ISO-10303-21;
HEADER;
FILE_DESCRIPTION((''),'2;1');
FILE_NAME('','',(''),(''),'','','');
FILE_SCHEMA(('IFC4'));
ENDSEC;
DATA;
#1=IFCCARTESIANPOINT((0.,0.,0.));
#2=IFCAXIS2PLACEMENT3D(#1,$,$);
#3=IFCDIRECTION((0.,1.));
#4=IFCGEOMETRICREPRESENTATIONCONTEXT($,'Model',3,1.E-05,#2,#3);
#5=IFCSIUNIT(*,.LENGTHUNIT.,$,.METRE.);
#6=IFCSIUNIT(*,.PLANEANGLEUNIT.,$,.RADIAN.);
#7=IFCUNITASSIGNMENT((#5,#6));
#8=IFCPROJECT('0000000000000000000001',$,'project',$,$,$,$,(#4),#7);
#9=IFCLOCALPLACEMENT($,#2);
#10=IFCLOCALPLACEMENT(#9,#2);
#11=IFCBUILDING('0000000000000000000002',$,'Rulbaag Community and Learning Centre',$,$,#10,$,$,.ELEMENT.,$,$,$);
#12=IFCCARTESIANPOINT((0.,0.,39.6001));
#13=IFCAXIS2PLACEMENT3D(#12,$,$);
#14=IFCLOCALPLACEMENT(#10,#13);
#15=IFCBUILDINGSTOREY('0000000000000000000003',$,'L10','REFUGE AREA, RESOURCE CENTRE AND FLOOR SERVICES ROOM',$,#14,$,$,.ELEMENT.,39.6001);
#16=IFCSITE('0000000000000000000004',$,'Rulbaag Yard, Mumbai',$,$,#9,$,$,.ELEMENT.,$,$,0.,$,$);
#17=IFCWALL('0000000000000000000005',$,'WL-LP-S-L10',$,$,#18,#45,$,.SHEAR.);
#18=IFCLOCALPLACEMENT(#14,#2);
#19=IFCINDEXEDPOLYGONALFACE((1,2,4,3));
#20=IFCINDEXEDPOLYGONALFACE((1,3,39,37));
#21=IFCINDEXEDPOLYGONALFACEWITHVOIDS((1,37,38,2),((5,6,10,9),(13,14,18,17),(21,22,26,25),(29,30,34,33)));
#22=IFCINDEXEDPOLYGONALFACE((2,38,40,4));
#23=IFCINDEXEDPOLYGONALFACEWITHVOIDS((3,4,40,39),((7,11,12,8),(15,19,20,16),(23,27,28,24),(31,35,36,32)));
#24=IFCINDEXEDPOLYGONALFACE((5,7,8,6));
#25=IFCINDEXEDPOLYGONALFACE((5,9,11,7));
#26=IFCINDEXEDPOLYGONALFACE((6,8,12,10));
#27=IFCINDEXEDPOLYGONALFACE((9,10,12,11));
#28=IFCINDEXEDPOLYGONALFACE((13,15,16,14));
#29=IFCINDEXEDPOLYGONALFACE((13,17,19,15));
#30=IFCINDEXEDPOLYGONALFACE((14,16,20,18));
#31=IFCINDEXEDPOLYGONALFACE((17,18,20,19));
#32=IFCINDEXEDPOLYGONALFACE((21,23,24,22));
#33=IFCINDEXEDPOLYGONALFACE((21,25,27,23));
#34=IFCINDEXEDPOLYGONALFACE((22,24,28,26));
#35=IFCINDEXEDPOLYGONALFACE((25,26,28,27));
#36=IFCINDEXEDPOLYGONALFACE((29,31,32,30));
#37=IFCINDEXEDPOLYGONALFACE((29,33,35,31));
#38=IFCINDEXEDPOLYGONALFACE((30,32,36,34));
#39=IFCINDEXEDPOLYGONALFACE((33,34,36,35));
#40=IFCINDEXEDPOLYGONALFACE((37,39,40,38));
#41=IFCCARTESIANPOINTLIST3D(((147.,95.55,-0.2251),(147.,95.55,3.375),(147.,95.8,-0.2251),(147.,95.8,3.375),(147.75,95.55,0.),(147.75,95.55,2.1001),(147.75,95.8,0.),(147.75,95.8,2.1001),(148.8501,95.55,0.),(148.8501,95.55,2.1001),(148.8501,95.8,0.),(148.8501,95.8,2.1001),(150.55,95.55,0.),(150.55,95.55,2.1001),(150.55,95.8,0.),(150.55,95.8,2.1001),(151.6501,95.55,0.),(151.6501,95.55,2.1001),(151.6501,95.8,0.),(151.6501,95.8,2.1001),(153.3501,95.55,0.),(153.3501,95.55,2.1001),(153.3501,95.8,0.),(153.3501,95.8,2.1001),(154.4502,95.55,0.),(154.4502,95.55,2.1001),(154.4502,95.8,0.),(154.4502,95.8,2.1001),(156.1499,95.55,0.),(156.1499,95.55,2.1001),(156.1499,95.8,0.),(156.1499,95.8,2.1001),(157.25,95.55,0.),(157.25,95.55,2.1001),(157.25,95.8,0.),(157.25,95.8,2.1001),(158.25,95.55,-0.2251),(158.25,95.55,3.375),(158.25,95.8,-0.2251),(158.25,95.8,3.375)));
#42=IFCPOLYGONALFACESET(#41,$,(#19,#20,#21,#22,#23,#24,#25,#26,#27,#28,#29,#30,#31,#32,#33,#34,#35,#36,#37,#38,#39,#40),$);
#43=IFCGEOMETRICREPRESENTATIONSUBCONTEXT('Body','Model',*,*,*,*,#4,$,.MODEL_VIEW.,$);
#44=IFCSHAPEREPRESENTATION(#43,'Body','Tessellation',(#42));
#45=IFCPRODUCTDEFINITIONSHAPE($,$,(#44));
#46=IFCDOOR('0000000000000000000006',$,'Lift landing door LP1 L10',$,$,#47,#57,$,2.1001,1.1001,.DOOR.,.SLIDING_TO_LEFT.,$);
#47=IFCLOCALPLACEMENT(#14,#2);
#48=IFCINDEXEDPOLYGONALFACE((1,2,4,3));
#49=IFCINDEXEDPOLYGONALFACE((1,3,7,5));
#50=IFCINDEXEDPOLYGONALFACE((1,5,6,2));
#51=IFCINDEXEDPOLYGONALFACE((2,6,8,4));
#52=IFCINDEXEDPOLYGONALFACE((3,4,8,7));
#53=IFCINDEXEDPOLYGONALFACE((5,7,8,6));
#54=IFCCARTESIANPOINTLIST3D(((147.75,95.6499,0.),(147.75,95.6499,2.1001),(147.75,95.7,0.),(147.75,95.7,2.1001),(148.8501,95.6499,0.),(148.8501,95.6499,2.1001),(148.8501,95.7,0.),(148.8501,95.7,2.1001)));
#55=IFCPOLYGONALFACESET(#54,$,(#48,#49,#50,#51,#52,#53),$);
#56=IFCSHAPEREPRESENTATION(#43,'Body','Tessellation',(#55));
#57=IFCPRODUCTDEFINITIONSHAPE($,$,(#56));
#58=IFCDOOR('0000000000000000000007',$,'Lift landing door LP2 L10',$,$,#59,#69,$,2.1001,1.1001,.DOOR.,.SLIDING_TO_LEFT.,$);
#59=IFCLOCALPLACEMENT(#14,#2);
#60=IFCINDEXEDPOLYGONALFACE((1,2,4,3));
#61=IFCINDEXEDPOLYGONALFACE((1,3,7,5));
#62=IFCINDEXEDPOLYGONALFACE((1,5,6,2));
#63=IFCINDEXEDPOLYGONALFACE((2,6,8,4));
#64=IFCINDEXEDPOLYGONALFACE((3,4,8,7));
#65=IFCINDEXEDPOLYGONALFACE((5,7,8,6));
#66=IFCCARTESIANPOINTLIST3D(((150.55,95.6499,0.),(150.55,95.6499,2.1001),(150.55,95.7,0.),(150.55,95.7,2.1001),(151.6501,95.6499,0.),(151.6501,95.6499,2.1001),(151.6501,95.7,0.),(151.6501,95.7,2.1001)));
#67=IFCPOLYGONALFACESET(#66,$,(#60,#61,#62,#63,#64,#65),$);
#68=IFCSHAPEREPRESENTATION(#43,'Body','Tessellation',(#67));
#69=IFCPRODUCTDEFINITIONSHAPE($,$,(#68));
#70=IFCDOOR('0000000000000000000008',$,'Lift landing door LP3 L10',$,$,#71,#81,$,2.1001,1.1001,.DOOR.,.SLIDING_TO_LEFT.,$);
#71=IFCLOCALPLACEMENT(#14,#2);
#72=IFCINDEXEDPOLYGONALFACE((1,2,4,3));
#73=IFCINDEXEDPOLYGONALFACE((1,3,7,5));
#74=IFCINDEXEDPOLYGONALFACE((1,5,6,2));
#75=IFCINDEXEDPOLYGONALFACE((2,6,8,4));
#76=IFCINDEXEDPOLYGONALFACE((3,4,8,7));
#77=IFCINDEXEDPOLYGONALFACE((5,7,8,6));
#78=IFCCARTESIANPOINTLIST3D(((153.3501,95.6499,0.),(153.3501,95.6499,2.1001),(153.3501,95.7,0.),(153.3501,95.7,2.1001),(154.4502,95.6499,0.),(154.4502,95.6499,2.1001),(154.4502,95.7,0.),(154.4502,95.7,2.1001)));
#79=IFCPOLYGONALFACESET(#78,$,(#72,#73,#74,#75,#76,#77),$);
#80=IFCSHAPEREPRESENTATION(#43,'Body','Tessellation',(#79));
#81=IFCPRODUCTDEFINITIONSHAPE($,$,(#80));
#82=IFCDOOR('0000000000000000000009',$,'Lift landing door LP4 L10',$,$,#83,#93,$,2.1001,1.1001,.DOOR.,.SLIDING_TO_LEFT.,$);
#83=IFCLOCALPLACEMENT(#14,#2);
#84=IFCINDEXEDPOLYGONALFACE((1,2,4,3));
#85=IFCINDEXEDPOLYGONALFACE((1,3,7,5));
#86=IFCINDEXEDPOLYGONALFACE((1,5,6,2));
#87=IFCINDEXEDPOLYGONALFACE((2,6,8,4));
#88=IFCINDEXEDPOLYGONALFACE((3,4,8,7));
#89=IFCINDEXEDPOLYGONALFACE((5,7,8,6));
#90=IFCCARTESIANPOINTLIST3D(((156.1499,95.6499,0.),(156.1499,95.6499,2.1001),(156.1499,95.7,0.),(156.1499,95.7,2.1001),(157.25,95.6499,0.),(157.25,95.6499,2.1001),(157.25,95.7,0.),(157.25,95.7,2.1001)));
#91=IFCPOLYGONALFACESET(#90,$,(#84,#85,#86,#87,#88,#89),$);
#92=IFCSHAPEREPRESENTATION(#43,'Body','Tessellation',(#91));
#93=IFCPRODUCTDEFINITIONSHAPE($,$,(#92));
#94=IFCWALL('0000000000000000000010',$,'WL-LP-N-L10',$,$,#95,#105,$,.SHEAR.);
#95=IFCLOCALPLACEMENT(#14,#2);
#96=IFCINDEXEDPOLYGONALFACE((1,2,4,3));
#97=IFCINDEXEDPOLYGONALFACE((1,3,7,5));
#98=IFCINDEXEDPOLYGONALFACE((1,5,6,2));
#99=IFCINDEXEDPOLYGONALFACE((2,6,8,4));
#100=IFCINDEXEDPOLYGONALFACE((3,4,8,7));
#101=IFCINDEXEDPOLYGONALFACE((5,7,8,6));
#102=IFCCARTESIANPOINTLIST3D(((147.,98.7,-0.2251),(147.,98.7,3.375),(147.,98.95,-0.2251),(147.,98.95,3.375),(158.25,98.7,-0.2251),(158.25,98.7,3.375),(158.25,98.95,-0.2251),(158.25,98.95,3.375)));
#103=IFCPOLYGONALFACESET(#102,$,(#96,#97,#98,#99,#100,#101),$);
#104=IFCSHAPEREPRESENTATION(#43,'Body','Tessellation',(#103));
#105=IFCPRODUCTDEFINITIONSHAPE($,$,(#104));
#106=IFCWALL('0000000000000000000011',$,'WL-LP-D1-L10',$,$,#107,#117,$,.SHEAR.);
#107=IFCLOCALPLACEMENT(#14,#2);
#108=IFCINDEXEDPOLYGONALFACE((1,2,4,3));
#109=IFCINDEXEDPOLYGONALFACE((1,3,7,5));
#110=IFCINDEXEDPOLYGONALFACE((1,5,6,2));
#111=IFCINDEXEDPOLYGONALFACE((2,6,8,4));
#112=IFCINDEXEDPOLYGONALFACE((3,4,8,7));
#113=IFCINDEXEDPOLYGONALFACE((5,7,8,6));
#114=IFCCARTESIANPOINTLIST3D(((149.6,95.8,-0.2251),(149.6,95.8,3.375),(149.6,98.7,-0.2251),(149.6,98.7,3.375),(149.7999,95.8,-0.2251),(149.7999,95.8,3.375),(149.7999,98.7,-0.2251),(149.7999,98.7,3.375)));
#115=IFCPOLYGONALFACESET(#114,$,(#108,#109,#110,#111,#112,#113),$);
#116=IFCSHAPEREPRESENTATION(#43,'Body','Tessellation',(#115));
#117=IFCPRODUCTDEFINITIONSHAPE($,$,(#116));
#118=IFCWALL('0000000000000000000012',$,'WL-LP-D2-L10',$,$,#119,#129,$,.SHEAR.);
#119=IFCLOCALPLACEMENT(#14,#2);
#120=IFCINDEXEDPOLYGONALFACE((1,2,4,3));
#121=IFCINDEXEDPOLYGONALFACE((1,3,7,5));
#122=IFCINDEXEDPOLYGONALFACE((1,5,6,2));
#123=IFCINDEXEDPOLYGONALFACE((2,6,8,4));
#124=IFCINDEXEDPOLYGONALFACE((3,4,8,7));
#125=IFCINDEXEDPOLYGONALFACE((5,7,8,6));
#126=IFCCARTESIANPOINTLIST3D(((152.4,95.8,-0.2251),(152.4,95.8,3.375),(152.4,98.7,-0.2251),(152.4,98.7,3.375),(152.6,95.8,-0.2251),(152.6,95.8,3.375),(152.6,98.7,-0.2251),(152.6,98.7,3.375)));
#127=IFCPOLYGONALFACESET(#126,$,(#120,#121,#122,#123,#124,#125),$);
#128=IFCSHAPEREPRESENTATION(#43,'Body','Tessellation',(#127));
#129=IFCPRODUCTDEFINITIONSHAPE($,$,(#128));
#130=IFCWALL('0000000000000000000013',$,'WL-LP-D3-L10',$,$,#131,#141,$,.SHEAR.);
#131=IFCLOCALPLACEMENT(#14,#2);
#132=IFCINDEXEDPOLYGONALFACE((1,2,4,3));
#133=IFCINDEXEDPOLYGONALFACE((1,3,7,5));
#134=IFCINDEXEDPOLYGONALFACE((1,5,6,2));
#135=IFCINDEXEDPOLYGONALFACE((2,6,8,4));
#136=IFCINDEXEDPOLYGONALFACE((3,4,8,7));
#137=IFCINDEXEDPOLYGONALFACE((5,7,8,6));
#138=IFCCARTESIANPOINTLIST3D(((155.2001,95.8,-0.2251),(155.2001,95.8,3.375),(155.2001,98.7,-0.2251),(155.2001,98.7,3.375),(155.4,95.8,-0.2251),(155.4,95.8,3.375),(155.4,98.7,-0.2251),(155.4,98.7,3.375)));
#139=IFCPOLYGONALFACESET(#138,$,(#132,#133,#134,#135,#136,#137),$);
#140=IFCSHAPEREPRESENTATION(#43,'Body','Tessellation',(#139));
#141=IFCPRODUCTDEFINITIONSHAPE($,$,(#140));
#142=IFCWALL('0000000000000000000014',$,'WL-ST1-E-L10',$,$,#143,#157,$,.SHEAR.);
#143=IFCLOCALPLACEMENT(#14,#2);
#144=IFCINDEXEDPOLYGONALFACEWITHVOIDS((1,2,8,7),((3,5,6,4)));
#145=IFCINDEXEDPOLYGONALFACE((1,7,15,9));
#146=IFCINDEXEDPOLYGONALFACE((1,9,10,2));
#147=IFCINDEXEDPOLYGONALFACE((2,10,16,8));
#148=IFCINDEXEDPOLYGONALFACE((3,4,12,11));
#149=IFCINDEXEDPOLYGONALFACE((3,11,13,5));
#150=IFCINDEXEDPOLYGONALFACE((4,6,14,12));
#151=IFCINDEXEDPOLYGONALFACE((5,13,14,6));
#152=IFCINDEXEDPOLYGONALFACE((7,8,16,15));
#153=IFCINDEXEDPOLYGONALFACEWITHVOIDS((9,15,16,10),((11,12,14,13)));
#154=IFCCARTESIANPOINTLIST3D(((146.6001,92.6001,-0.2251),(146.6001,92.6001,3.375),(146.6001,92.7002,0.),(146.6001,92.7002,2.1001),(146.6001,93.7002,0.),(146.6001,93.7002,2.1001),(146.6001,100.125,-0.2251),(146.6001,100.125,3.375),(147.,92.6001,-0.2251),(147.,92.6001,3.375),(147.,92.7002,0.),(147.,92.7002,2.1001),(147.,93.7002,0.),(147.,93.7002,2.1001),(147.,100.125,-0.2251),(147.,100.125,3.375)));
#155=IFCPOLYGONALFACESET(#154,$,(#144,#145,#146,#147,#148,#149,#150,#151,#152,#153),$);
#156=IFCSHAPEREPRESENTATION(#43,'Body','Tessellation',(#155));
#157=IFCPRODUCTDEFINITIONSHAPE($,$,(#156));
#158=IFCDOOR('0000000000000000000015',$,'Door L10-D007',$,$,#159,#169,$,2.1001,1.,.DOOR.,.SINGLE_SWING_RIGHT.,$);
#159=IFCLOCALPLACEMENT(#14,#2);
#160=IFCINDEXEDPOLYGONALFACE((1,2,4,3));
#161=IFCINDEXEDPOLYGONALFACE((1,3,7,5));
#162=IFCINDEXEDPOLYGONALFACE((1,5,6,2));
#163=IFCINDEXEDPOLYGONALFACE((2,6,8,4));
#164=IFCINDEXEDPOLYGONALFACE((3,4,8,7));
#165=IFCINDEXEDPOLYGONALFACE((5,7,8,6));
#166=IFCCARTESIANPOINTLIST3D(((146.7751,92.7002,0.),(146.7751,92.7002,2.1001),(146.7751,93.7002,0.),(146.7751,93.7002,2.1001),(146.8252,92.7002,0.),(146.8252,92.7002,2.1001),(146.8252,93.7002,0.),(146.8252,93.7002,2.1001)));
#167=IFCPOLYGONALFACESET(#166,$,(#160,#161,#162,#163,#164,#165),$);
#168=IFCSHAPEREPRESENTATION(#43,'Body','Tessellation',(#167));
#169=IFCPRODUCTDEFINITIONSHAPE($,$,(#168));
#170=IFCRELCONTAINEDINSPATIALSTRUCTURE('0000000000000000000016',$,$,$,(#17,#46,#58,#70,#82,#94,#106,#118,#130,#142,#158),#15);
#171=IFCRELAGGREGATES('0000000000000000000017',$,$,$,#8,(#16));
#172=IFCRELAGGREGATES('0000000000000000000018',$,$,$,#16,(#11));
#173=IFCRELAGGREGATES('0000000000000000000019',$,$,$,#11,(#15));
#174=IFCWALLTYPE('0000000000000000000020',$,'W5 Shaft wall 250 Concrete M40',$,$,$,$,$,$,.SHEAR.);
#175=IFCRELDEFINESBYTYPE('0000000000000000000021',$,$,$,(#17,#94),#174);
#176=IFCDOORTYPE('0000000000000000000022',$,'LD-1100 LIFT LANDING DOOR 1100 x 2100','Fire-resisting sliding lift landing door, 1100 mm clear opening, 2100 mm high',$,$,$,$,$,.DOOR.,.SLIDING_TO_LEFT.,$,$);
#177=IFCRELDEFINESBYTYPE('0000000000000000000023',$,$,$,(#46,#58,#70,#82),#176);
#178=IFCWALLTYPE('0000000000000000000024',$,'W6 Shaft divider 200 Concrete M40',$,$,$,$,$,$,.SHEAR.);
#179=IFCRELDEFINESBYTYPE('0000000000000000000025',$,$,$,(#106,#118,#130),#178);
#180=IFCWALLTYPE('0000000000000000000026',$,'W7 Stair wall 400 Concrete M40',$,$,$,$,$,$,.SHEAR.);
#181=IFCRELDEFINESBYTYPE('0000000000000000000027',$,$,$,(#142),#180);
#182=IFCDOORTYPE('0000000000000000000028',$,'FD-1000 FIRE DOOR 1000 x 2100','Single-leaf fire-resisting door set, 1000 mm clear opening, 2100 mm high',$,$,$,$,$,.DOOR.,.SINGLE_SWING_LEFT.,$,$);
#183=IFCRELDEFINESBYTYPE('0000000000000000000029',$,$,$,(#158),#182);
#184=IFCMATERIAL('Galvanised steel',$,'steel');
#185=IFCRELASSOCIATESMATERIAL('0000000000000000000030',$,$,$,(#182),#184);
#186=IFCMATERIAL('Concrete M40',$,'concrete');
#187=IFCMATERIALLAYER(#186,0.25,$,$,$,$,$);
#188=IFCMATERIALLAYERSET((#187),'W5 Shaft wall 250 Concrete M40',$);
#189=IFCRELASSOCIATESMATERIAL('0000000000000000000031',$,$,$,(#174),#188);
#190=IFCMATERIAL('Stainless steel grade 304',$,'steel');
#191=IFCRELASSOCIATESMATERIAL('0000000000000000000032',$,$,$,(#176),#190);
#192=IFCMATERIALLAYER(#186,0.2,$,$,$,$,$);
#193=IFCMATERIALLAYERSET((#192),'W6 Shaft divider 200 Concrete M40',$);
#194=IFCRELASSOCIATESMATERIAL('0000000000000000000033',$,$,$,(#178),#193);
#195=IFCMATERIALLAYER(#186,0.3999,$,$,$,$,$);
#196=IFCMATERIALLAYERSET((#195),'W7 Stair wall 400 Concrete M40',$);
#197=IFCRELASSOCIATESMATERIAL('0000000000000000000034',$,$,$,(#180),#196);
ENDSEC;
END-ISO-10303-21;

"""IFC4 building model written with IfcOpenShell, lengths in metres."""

from ifc_helpers import new_model, si_unit, direction, frame, frame_2d, origin, place, context, subcontext, project, spatial, rectangle, extrude, material, layer, layer_set, type_object, element, fill, save


model = new_model("IFC4")

# Units and contexts
model_context = context("Model", 3, precision=1e-05, world=origin(), true_north=direction((0.0, 1.0)))
body_context = subcontext(model_context, "Body", "Model", "MODEL_VIEW")
ifc_project = project(units=[si_unit("LENGTHUNIT", "METRE"), si_unit("PLANEANGLEUNIT", "RADIAN")], contexts=[model_context])

# Site, building, storey
site_placement = place(None, origin())
site = spatial("IfcSite", under=ifc_project, at=site_placement, Name="Rulbaag Yard, Mumbai", CompositionType="ELEMENT", RefElevation=0.0)
building_placement = place(site_placement, origin())
building = spatial("IfcBuilding", under=site, at=building_placement, Name="Rulbaag Community and Learning Centre", CompositionType="ELEMENT")
storey_placement = place(building_placement, frame((0.0, 0.0, 39.6001)))
storey = spatial("IfcBuildingStorey", under=building, at=storey_placement, Name="L10", Description="REFUGE AREA, RESOURCE CENTRE AND FLOOR SERVICES ROOM", CompositionType="ELEMENT", Elevation=39.6001)

# Shared definitions
ifc_material_1 = material(Name="Concrete M40", Category="concrete")

# Shared definitions
ifc_material_2 = material(Name="Galvanised steel", Category="steel")
door_type_1 = type_object("IfcDoorType", Name="FD-1000 FIRE DOOR 1000 x 2100", Description="Single-leaf fire-resisting door set, 1000 mm clear opening, 2100 mm high", OperationType="SINGLE_SWING_LEFT", PredefinedType="DOOR", material=ifc_material_2)

# Shared definitions
ifc_layer_1 = layer(ifc_material_1, 0.25)
ifc_layer_set_1 = layer_set([ifc_layer_1], Name="W5 Shaft wall 250 Concrete M40")
wall_type_1 = type_object("IfcWallType", Name="W5 Shaft wall 250 Concrete M40", PredefinedType="SHEAR", material=ifc_layer_set_1)

# Wall, openings, doors
wall_1_placement = place(storey_placement, frame((147.0, 95.675, -0.2251), z_axis=(0.0, 0.0, 1.0), x_axis=(1.0, 0.0, 0.0)))
wall_1 = element("IfcWall", 1, at=wall_1_placement, inside=storey, type_object=wall_type_1, Name="WL-LP-S-L10", PredefinedType="SHEAR", context=body_context, shape_type="SweptSolid", body=[
    extrude(rectangle(XDim=11.25, YDim=0.25, at=frame_2d((5.625, 0.0))), origin(), (0.0, 0.0, 1.0), 3.6001),
])
opening_1_placement = place(wall_1_placement, frame((0.75, 0.0, 0.2251)))
opening_1 = element("IfcOpeningElement", 2, at=opening_1_placement, cuts=wall_1, PredefinedType="OPENING", context=body_context, shape_type="SweptSolid", body=[
    extrude(rectangle(XDim=1.1001, YDim=2.1001, at=frame_2d((0.55, 1.05))), frame((0.0, 0.135, 0.0), z_axis=(0.0, -1.0, 0.0), x_axis=(1.0, 0.0, 0.0)), (0.0, 0.0, 1.0), 0.27),
])
opening_2_placement = place(wall_1_placement, frame((3.55, 0.0, 0.2251)))
opening_2 = element("IfcOpeningElement", 3, at=opening_2_placement, cuts=wall_1, PredefinedType="OPENING", context=body_context, shape_type="SweptSolid", body=[
    extrude(rectangle(XDim=1.1001, YDim=2.1001, at=frame_2d((0.55, 1.05))), frame((0.0, 0.135, 0.0), z_axis=(0.0, -1.0, 0.0), x_axis=(1.0, 0.0, 0.0)), (0.0, 0.0, 1.0), 0.27),
])
opening_3_placement = place(wall_1_placement, frame((6.3501, 0.0, 0.2251)))
opening_3 = element("IfcOpeningElement", 4, at=opening_3_placement, cuts=wall_1, PredefinedType="OPENING", context=body_context, shape_type="SweptSolid", body=[
    extrude(rectangle(XDim=1.1001, YDim=2.1001, at=frame_2d((0.55, 1.05))), frame((0.0, 0.135, 0.0), z_axis=(0.0, -1.0, 0.0), x_axis=(1.0, 0.0, 0.0)), (0.0, 0.0, 1.0), 0.27),
])
opening_4_placement = place(wall_1_placement, frame((9.1499, 0.0, 0.2251)))
opening_4 = element("IfcOpeningElement", 5, at=opening_4_placement, cuts=wall_1, PredefinedType="OPENING", context=body_context, shape_type="SweptSolid", body=[
    extrude(rectangle(XDim=1.1001, YDim=2.1001, at=frame_2d((0.55, 1.05))), frame((0.0, 0.135, 0.0), z_axis=(0.0, -1.0, 0.0), x_axis=(1.0, 0.0, 0.0)), (0.0, 0.0, 1.0), 0.27),
])
ifc_material_3 = material(Name="Stainless steel grade 304", Category="steel")
door_type_2 = type_object("IfcDoorType", Name="LD-1100 LIFT LANDING DOOR 1100 x 2100", Description="Fire-resisting sliding lift landing door, 1100 mm clear opening, 2100 mm high", OperationType="SLIDING_TO_LEFT", PredefinedType="DOOR", material=ifc_material_3)
door_1_placement = place(opening_1_placement, origin())
door_1 = element("IfcDoor", 6, at=door_1_placement, inside=storey, type_object=door_type_2, Name="Lift landing door LP1 L10", OperationType="SLIDING_TO_LEFT", OverallHeight=2.1001, OverallWidth=1.1001, PredefinedType="DOOR", context=body_context, shape_type="SweptSolid", body=[
    extrude(rectangle(XDim=1.1001, YDim=2.1001, at=frame_2d((0.55, 1.05))), frame((0.0, 0.0249, 0.0), z_axis=(0.0, -1.0, 0.0), x_axis=(1.0, 0.0, 0.0)), (0.0, 0.0, 1.0), 0.05),
])
fill(opening_1, door_1)
door_2_placement = place(opening_2_placement, origin())
door_2 = element("IfcDoor", 7, at=door_2_placement, inside=storey, type_object=door_type_2, Name="Lift landing door LP2 L10", OperationType="SLIDING_TO_LEFT", OverallHeight=2.1001, OverallWidth=1.1001, PredefinedType="DOOR", context=body_context, shape_type="SweptSolid", body=[
    extrude(rectangle(XDim=1.1001, YDim=2.1001, at=frame_2d((0.55, 1.05))), frame((0.0, 0.0249, 0.0), z_axis=(0.0, -1.0, 0.0), x_axis=(1.0, 0.0, 0.0)), (0.0, 0.0, 1.0), 0.05),
])
fill(opening_2, door_2)
door_3_placement = place(opening_3_placement, origin())
door_3 = element("IfcDoor", 8, at=door_3_placement, inside=storey, type_object=door_type_2, Name="Lift landing door LP3 L10", OperationType="SLIDING_TO_LEFT", OverallHeight=2.1001, OverallWidth=1.1001, PredefinedType="DOOR", context=body_context, shape_type="SweptSolid", body=[
    extrude(rectangle(XDim=1.1001, YDim=2.1001, at=frame_2d((0.55, 1.05))), frame((0.0, 0.0249, 0.0), z_axis=(0.0, -1.0, 0.0), x_axis=(1.0, 0.0, 0.0)), (0.0, 0.0, 1.0), 0.05),
])
fill(opening_3, door_3)
door_4_placement = place(opening_4_placement, origin())
door_4 = element("IfcDoor", 9, at=door_4_placement, inside=storey, type_object=door_type_2, Name="Lift landing door LP4 L10", OperationType="SLIDING_TO_LEFT", OverallHeight=2.1001, OverallWidth=1.1001, PredefinedType="DOOR", context=body_context, shape_type="SweptSolid", body=[
    extrude(rectangle(XDim=1.1001, YDim=2.1001, at=frame_2d((0.55, 1.05))), frame((0.0, 0.0249, 0.0), z_axis=(0.0, -1.0, 0.0), x_axis=(1.0, 0.0, 0.0)), (0.0, 0.0, 1.0), 0.05),
])
fill(opening_4, door_4)

# Walls
wall_2_placement = place(storey_placement, frame((147.0, 98.825, -0.2251), z_axis=(0.0, 0.0, 1.0), x_axis=(1.0, 0.0, 0.0)))
element("IfcWall", 10, at=wall_2_placement, inside=storey, type_object=wall_type_1, Name="WL-LP-N-L10", PredefinedType="SHEAR", context=body_context, shape_type="SweptSolid", body=[
    extrude(rectangle(XDim=11.25, YDim=0.25, at=frame_2d((5.625, 0.0))), origin(), (0.0, 0.0, 1.0), 3.6001),
])
ifc_layer_2 = layer(ifc_material_1, 0.2)
ifc_layer_set_2 = layer_set([ifc_layer_2], Name="W6 Shaft divider 200 Concrete M40")
wall_type_2 = type_object("IfcWallType", Name="W6 Shaft divider 200 Concrete M40", PredefinedType="SHEAR", material=ifc_layer_set_2)
for number, where, z_axis, x_axis, name in (
    (11, (149.7, 95.8, -0.2251), (0.0, 0.0, 1.0), (0.0, 1.0, 0.0), "WL-LP-D1-L10"),
    (12, (152.5, 95.8, -0.2251), (0.0, 0.0, 1.0), (0.0, 1.0, 0.0), "WL-LP-D2-L10"),
    (13, (155.3, 95.8, -0.2251), (0.0, 0.0, 1.0), (0.0, 1.0, 0.0), "WL-LP-D3-L10"),
):
    element("IfcWall", number, at=place(storey_placement, frame(where, z_axis=z_axis, x_axis=x_axis)), inside=storey, type_object=wall_type_2, Name=name, PredefinedType="SHEAR", context=body_context, shape_type="SweptSolid", body=[
        extrude(rectangle(XDim=2.8999, YDim=0.2, at=frame_2d((1.45, 0.0))), origin(), (0.0, 0.0, 1.0), 3.6001),
    ])

# Wall, opening, door
ifc_layer_3 = layer(ifc_material_1, 0.3999)
ifc_layer_set_3 = layer_set([ifc_layer_3], Name="W7 Stair wall 400 Concrete M40")
wall_type_3 = type_object("IfcWallType", Name="W7 Stair wall 400 Concrete M40", PredefinedType="SHEAR", material=ifc_layer_set_3)
wall_3_placement = place(storey_placement, frame((146.8, 92.6001, -0.2251), z_axis=(0.0, 0.0, 1.0), x_axis=(0.0, 1.0, 0.0)))
wall_3 = element("IfcWall", 14, at=wall_3_placement, inside=storey, type_object=wall_type_3, Name="WL-ST1-E-L10", PredefinedType="SHEAR", context=body_context, shape_type="SweptSolid", body=[
    extrude(rectangle(XDim=7.5249, YDim=0.3999, at=frame_2d((3.7625, 0.0))), origin(), (0.0, 0.0, 1.0), 3.6001),
])
opening_5_placement = place(wall_3_placement, frame((0.1001, 0.0, 0.2251)))
opening_5 = element("IfcOpeningElement", 15, at=opening_5_placement, cuts=wall_3, PredefinedType="OPENING", context=body_context, shape_type="SweptSolid", body=[
    extrude(rectangle(XDim=1.0, YDim=2.1001, at=frame_2d((0.5, 1.05))), frame((0.0, 0.21, 0.0), z_axis=(0.0, -1.0, 0.0), x_axis=(1.0, 0.0, 0.0)), (0.0, 0.0, 1.0), 0.4199),
])
door_5_placement = place(opening_5_placement, origin())
door_5 = element("IfcDoor", 16, at=door_5_placement, inside=storey, type_object=door_type_1, Name="Door L10-D007", OperationType="SINGLE_SWING_RIGHT", OverallHeight=2.1001, OverallWidth=1.0, PredefinedType="DOOR", context=body_context, shape_type="SweptSolid", body=[
    extrude(rectangle(XDim=1.0, YDim=2.1001, at=frame_2d((0.5, 1.05))), frame((0.0, 0.0249, 0.0), z_axis=(0.0, -1.0, 0.0), x_axis=(1.0, 0.0, 0.0)), (0.0, 0.0, 1.0), 0.05),
])
fill(opening_5, door_5)

save(model, "model.ifc")
